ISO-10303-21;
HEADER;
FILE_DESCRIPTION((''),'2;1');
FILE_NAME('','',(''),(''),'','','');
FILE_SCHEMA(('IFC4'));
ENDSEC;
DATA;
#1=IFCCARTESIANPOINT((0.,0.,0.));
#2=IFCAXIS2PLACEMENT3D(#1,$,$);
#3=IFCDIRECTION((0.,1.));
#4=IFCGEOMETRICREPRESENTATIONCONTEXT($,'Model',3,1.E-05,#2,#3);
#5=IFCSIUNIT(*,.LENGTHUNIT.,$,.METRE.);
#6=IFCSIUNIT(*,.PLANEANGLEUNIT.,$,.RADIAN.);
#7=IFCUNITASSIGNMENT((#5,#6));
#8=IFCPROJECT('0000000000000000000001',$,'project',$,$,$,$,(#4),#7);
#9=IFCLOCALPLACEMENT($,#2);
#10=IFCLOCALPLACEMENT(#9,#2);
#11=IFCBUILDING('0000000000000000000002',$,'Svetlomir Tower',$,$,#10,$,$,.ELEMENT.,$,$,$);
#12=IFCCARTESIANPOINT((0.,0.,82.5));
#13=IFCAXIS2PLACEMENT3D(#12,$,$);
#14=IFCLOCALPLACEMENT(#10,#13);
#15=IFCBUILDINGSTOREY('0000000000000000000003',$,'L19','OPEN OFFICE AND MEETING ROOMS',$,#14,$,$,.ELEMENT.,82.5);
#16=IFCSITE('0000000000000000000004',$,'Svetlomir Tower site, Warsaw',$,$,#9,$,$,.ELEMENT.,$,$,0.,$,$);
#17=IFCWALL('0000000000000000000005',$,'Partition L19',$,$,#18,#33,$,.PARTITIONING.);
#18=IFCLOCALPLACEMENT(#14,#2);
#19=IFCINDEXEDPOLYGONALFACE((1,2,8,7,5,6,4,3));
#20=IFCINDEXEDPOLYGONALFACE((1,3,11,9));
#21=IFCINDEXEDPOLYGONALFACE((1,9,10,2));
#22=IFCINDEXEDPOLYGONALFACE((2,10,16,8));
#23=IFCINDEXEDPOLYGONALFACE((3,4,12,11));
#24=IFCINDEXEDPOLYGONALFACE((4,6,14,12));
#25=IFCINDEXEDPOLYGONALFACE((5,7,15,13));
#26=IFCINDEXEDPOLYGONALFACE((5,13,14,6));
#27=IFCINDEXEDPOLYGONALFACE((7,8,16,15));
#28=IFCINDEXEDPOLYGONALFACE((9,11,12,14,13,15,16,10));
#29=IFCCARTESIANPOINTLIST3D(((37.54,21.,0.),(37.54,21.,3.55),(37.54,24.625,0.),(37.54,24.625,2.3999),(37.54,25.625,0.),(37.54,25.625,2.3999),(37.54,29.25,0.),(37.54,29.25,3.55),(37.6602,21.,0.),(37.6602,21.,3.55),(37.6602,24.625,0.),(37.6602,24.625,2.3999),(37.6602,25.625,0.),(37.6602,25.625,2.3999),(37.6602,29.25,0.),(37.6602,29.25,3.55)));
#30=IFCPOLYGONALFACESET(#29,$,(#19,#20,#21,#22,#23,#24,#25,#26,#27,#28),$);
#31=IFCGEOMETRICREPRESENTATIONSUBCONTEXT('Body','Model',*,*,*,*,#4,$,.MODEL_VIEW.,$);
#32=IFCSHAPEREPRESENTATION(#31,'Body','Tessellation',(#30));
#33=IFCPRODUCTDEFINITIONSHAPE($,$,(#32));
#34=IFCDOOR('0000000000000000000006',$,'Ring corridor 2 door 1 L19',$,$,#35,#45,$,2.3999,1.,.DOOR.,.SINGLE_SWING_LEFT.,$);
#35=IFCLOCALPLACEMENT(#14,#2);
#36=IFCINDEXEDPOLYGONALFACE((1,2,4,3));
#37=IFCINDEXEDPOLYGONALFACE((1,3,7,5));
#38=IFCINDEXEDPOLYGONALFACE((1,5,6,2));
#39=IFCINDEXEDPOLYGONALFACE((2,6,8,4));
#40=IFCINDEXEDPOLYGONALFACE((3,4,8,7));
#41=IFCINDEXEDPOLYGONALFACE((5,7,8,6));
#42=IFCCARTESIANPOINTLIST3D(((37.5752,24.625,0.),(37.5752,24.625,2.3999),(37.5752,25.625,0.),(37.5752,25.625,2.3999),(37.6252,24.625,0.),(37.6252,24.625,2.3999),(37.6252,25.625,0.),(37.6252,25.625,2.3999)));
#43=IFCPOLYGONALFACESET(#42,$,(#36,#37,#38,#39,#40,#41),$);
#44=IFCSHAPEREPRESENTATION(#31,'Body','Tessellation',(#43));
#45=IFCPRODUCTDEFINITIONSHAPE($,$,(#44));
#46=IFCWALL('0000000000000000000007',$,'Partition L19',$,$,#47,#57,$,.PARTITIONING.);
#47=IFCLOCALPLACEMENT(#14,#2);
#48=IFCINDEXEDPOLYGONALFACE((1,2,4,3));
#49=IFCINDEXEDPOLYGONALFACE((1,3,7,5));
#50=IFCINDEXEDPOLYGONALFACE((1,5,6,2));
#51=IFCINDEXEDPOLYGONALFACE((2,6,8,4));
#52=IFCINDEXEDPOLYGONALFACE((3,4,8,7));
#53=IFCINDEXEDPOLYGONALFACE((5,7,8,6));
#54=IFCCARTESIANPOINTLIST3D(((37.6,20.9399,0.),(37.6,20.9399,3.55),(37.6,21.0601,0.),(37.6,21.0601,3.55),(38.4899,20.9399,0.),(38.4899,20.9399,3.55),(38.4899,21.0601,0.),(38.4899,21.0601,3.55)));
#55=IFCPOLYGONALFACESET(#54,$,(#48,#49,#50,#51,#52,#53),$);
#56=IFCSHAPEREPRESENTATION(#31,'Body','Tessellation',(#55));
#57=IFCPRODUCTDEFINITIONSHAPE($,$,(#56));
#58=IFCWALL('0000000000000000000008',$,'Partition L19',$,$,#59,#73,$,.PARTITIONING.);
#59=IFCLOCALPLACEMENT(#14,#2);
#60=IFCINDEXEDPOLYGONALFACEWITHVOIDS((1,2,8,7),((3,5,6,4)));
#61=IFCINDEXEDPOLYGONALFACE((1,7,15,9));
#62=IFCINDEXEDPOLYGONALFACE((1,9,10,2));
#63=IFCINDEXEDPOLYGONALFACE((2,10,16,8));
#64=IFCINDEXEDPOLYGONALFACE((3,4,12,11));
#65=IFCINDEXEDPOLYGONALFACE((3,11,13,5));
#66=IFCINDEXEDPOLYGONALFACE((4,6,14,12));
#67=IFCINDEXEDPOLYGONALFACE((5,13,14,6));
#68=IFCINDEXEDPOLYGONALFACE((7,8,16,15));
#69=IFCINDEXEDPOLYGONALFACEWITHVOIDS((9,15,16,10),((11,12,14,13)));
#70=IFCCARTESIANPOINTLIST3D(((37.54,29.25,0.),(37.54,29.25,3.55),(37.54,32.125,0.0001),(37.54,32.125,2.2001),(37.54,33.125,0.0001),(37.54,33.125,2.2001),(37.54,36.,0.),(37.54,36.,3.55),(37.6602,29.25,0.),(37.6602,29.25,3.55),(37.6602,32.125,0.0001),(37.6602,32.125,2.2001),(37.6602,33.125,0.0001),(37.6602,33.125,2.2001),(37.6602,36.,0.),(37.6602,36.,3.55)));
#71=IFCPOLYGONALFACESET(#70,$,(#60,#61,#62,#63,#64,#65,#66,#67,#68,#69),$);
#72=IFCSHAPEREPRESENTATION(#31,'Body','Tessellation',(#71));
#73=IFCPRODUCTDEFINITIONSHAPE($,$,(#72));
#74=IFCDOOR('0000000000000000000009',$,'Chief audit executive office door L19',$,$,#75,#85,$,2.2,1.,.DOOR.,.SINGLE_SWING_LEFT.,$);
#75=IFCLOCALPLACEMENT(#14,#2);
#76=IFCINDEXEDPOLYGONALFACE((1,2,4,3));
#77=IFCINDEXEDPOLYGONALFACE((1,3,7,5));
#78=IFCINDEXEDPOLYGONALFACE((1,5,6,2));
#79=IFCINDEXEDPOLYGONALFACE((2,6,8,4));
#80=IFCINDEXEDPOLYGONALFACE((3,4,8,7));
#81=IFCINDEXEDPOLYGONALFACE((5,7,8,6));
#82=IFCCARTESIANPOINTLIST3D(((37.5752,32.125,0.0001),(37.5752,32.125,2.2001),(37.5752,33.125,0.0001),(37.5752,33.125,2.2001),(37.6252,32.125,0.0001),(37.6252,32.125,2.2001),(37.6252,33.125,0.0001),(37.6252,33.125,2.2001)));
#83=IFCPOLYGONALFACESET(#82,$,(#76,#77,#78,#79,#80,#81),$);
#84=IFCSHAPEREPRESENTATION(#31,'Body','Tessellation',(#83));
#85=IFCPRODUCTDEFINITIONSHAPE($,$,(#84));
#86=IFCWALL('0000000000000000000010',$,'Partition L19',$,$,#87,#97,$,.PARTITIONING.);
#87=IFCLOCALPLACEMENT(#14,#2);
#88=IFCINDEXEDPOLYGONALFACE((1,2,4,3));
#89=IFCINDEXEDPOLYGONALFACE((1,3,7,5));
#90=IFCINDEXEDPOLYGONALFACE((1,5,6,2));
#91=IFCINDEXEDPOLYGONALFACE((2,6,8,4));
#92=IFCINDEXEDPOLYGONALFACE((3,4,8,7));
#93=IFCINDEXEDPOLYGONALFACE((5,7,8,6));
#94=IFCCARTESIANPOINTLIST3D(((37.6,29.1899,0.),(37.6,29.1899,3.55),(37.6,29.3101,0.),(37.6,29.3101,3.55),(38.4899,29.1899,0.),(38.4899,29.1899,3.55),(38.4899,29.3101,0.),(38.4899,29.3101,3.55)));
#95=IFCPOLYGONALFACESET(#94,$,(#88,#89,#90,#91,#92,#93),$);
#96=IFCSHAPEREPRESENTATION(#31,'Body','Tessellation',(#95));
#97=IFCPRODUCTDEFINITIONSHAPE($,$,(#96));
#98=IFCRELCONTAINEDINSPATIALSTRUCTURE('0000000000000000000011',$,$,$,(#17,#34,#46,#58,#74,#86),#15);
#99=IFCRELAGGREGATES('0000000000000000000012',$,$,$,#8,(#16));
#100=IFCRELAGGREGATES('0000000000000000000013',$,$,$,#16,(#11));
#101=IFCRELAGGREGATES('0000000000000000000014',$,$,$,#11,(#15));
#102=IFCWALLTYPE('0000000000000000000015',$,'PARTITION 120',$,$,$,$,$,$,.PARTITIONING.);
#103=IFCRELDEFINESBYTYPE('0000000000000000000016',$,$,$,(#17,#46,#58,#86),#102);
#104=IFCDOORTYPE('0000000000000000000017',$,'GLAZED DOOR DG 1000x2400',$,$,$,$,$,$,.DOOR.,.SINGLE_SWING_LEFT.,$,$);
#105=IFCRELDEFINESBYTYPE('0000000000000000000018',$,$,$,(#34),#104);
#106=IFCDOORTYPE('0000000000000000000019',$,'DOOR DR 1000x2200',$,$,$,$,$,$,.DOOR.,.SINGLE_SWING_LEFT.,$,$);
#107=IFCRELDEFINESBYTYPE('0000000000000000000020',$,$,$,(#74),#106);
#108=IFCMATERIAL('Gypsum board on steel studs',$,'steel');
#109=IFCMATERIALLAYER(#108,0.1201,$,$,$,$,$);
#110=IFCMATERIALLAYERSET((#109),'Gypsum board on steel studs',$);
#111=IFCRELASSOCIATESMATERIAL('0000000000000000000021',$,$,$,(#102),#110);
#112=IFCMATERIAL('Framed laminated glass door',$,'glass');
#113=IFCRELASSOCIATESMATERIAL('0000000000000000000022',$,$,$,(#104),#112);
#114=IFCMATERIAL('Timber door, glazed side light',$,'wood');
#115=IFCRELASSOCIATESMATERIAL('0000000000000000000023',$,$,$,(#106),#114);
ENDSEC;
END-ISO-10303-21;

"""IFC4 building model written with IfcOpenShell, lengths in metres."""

from ifc_helpers import new_model, si_unit, direction, frame, frame_2d, origin, place, context, subcontext, project, spatial, rectangle, extrude, material, layer, layer_set, type_object, element, fill, save


model = new_model("IFC4")

# Units and contexts
model_context = context("Model", 3, precision=1e-05, world=origin(), true_north=direction((0.0, 1.0)))
body_context = subcontext(model_context, "Body", "Model", "MODEL_VIEW")
ifc_project = project(units=[si_unit("LENGTHUNIT", "METRE"), si_unit("PLANEANGLEUNIT", "RADIAN")], contexts=[model_context])

# Site, building, storey
site_placement = place(None, origin())
site = spatial("IfcSite", under=ifc_project, at=site_placement, Name="Svetlomir Tower site, Warsaw", CompositionType="ELEMENT", RefElevation=0.0)
building_placement = place(site_placement, origin())
building = spatial("IfcBuilding", under=site, at=building_placement, Name="Svetlomir Tower", CompositionType="ELEMENT")
storey_placement = place(building_placement, frame((0.0, 0.0, 82.5)))
storey = spatial("IfcBuildingStorey", under=building, at=storey_placement, Name="L19", Description="OPEN OFFICE AND MEETING ROOMS", CompositionType="ELEMENT", Elevation=82.5)

# Shared definitions
ifc_material_1 = material(Name="Gypsum board on steel studs", Category="steel")
ifc_layer_1 = layer(ifc_material_1, 0.1201)
ifc_layer_set_1 = layer_set([ifc_layer_1], Name="Gypsum board on steel studs")
wall_type_1 = type_object("IfcWallType", Name="PARTITION 120", PredefinedType="PARTITIONING", material=ifc_layer_set_1)

# Wall, opening, door
ifc_material_2 = material(Name="Framed laminated glass door", Category="glass")
door_type_1 = type_object("IfcDoorType", Name="GLAZED DOOR DG 1000x2400", OperationType="SINGLE_SWING_LEFT", PredefinedType="DOOR", material=ifc_material_2)
wall_1_placement = place(storey_placement, frame((37.6001, 21.0, 0.0), z_axis=(0.0, 0.0, 1.0), x_axis=(0.0, 1.0, 0.0)))
wall_1 = element("IfcWall", 1, at=wall_1_placement, inside=storey, type_object=wall_type_1, Name="Partition L19", PredefinedType="PARTITIONING", context=body_context, shape_type="SweptSolid", body=[
    extrude(rectangle(XDim=8.25, YDim=0.1201, at=frame_2d((4.125, 0.0))), origin(), (0.0, 0.0, 1.0), 3.55),
])
opening_1_placement = place(wall_1_placement, frame((3.625, 0.0, 0.0)))
opening_1 = element("IfcOpeningElement", 2, at=opening_1_placement, cuts=wall_1, PredefinedType="OPENING", context=body_context, shape_type="SweptSolid", body=[
    extrude(rectangle(XDim=1.0, YDim=2.3999, at=frame_2d((0.5, 1.2))), frame((0.0, 0.0701, 0.0), z_axis=(0.0, -1.0, 0.0), x_axis=(1.0, 0.0, 0.0)), (0.0, 0.0, 1.0), 0.1401),
])
door_1_placement = place(opening_1_placement, origin())
door_1 = element("IfcDoor", 3, at=door_1_placement, inside=storey, type_object=door_type_1, Name="Ring corridor 2 door 1 L19", OperationType="SINGLE_SWING_LEFT", OverallHeight=2.3999, OverallWidth=1.0, PredefinedType="DOOR", context=body_context, shape_type="SweptSolid", body=[
    extrude(rectangle(XDim=1.0, YDim=2.3999, at=frame_2d((0.5, 1.2))), frame((0.0, 0.0249, 0.0), z_axis=(0.0, -1.0, 0.0), x_axis=(1.0, 0.0, 0.0)), (0.0, 0.0, 1.0), 0.05),
])
fill(opening_1, door_1)

# Wall
wall_2_placement = place(storey_placement, frame((37.6001, 21.0, 0.0), z_axis=(0.0, 0.0, 1.0), x_axis=(1.0, 0.0, 0.0)))
element("IfcWall", 4, at=wall_2_placement, inside=storey, type_object=wall_type_1, Name="Partition L19", PredefinedType="PARTITIONING", context=body_context, shape_type="SweptSolid", body=[
    extrude(rectangle(XDim=0.8899, YDim=0.1201, at=frame_2d((0.4448, 0.0))), origin(), (0.0, 0.0, 1.0), 3.55),
])

# Wall, opening, door
wall_3_placement = place(storey_placement, frame((37.6001, 29.25, 0.0), z_axis=(0.0, 0.0, 1.0), x_axis=(0.0, 1.0, 0.0)))
wall_3 = element("IfcWall", 5, at=wall_3_placement, inside=storey, type_object=wall_type_1, Name="Partition L19", PredefinedType="PARTITIONING", context=body_context, shape_type="SweptSolid", body=[
    extrude(rectangle(XDim=6.75, YDim=0.1201, at=frame_2d((3.375, 0.0))), origin(), (0.0, 0.0, 1.0), 3.55),
])
opening_2_placement = place(wall_3_placement, frame((2.875, 0.0, 0.0)))
opening_2 = element("IfcOpeningElement", 6, at=opening_2_placement, cuts=wall_3, PredefinedType="OPENING", context=body_context, shape_type="SweptSolid", body=[
    extrude(rectangle(XDim=1.0, YDim=2.2, at=frame_2d((0.5, 1.1001))), frame((0.0, 0.0701, 0.0), z_axis=(0.0, -1.0, 0.0), x_axis=(1.0, 0.0, 0.0)), (0.0, 0.0, 1.0), 0.1401),
])
ifc_material_3 = material(Name="Timber door, glazed side light", Category="wood")
door_type_2 = type_object("IfcDoorType", Name="DOOR DR 1000x2200", OperationType="SINGLE_SWING_LEFT", PredefinedType="DOOR", material=ifc_material_3)
door_2_placement = place(opening_2_placement, origin())
door_2 = element("IfcDoor", 7, at=door_2_placement, inside=storey, type_object=door_type_2, Name="Chief audit executive office door L19", OperationType="SINGLE_SWING_LEFT", OverallHeight=2.2, OverallWidth=1.0, PredefinedType="DOOR", context=body_context, shape_type="SweptSolid", body=[
    extrude(rectangle(XDim=1.0, YDim=2.2, at=frame_2d((0.5, 1.1001))), frame((0.0, 0.0249, 0.0), z_axis=(0.0, -1.0, 0.0), x_axis=(1.0, 0.0, 0.0)), (0.0, 0.0, 1.0), 0.05),
])
fill(opening_2, door_2)

# Wall
wall_4_placement = place(storey_placement, frame((37.6001, 29.25, 0.0), z_axis=(0.0, 0.0, 1.0), x_axis=(1.0, 0.0, 0.0)))
element("IfcWall", 8, at=wall_4_placement, inside=storey, type_object=wall_type_1, Name="Partition L19", PredefinedType="PARTITIONING", context=body_context, shape_type="SweptSolid", body=[
    extrude(rectangle(XDim=0.8899, YDim=0.1201, at=frame_2d((0.4448, 0.0))), origin(), (0.0, 0.0, 1.0), 3.55),
])

save(model, "model.ifc")
